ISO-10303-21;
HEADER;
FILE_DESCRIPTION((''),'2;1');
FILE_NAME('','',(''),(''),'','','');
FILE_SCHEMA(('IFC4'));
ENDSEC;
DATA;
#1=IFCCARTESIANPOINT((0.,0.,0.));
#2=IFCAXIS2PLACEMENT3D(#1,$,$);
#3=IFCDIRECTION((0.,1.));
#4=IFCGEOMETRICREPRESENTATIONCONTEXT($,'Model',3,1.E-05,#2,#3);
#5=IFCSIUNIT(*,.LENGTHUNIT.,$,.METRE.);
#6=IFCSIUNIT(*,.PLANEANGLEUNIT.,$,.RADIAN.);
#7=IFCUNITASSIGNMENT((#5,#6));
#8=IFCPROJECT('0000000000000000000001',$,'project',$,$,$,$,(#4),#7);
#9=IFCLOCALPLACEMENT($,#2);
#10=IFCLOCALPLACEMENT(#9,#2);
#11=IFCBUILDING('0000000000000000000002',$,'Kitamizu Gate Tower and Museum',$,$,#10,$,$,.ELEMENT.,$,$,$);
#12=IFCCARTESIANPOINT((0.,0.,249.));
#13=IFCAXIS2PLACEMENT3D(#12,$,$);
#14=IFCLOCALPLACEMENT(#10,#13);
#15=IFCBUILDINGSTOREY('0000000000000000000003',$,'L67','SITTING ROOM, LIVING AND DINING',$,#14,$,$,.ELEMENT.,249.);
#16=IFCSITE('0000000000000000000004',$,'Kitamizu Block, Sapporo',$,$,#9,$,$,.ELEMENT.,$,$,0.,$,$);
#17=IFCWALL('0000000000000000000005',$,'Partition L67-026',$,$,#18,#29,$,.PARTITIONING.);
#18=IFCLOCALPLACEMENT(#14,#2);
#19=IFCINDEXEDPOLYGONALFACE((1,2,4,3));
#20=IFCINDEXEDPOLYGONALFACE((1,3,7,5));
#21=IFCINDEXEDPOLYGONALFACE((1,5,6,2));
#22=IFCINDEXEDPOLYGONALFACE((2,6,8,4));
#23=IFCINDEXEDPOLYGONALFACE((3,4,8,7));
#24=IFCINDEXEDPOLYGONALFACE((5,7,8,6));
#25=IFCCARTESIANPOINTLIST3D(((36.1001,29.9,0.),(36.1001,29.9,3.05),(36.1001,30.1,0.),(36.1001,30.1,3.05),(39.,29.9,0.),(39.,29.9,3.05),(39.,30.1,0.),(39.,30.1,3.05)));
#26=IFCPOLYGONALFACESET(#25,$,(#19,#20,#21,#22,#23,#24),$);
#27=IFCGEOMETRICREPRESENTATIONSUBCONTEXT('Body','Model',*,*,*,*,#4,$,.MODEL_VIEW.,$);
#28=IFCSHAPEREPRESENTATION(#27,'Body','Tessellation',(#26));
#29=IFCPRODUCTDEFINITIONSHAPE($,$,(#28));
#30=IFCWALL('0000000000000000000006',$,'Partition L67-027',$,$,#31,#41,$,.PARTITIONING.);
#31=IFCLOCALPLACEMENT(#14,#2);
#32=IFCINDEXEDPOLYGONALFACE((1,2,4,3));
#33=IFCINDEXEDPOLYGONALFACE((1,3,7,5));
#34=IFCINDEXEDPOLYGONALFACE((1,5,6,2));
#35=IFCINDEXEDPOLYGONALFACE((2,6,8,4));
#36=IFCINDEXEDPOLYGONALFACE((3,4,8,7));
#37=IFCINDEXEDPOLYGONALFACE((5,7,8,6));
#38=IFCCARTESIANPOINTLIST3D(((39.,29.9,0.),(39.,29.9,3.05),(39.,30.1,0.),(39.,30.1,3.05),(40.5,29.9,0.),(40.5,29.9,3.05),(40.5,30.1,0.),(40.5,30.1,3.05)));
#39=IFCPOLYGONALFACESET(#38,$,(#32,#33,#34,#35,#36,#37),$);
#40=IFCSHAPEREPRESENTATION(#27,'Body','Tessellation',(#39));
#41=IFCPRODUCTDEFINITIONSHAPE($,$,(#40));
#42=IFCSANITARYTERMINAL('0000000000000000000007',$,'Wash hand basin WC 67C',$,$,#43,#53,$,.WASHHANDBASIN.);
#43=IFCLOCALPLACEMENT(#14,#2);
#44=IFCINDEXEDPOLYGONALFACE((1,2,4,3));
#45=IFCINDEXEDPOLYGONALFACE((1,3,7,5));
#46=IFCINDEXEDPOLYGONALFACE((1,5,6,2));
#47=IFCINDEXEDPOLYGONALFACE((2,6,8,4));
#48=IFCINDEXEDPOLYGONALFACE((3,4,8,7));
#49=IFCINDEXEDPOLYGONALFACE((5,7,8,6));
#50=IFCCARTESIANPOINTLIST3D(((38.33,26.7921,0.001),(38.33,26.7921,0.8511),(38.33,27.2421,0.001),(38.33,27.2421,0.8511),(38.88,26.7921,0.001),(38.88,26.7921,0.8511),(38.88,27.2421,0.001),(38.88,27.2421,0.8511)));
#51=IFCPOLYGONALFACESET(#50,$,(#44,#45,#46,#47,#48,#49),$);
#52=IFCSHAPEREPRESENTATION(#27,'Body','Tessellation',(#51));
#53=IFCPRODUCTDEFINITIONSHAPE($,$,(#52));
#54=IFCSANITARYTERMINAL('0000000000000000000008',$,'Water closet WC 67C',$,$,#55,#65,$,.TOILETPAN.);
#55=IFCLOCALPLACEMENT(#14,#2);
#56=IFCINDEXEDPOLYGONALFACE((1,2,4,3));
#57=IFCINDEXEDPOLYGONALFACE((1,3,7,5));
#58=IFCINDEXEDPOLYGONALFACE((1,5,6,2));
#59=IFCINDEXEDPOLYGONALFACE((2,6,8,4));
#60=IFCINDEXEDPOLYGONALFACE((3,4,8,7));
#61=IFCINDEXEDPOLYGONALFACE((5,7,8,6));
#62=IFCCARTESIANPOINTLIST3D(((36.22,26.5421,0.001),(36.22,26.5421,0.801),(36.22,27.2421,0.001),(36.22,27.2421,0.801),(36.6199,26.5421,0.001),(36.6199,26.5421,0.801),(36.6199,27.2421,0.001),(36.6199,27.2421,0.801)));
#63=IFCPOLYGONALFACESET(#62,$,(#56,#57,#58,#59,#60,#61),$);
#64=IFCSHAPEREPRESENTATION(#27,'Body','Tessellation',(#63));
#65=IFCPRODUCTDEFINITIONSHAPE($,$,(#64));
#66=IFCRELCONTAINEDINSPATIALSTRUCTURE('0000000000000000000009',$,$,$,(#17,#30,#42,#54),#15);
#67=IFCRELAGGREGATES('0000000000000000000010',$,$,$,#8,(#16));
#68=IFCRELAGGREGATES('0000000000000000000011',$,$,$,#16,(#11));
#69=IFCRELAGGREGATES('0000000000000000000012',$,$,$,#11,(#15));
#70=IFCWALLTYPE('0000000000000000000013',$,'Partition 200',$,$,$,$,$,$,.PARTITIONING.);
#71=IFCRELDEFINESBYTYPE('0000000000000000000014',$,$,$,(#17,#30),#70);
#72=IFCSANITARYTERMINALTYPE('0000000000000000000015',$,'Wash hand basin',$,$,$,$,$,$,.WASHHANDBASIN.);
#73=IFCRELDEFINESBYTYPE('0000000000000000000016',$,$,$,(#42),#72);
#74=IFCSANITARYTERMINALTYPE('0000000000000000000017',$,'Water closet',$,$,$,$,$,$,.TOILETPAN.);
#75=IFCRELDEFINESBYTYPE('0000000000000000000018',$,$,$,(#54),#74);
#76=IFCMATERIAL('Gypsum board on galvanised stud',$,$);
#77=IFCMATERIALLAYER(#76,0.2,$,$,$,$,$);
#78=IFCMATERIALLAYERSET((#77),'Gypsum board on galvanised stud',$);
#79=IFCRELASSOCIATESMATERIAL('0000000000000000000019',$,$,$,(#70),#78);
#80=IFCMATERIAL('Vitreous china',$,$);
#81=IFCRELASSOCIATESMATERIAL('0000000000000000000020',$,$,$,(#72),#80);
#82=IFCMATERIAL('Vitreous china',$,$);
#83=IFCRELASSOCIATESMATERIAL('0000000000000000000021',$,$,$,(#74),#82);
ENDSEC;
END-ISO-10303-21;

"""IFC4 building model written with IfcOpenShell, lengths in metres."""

from ifc_helpers import new_model, si_unit, direction, frame, frame_2d, origin, origin_2d, place, context, subcontext, project, spatial, rectangle, extrude, material, layer, layer_set, type_object, element, save


model = new_model("IFC4")

# Units and contexts
model_context = context("Model", 3, precision=1e-05, world=origin(), true_north=direction((0.0, 1.0)))
body_context = subcontext(model_context, "Body", "Model", "MODEL_VIEW")
ifc_project = project(units=[si_unit("LENGTHUNIT", "METRE"), si_unit("PLANEANGLEUNIT", "RADIAN")], contexts=[model_context])

# Site, building, storey
site_placement = place(None, origin())
site = spatial("IfcSite", under=ifc_project, at=site_placement, Name="Kitamizu Block, Sapporo", CompositionType="ELEMENT", RefElevation=0.0)
building_placement = place(site_placement, origin())
building = spatial("IfcBuilding", under=site, at=building_placement, Name="Kitamizu Gate Tower and Museum", CompositionType="ELEMENT")
storey_placement = place(building_placement, frame((0.0, 0.0, 249.0)))
storey = spatial("IfcBuildingStorey", under=building, at=storey_placement, Name="L67", Description="SITTING ROOM, LIVING AND DINING", CompositionType="ELEMENT", Elevation=249.0)

# Walls
ifc_material_1 = material(Name="Gypsum board on galvanised stud")
ifc_layer_1 = layer(ifc_material_1, 0.2)
ifc_layer_set_1 = layer_set([ifc_layer_1], Name="Gypsum board on galvanised stud")
wall_type_1 = type_object("IfcWallType", Name="Partition 200", PredefinedType="PARTITIONING", material=ifc_layer_set_1)
wall_1_placement = place(storey_placement, frame((39.0, 30.0, 0.0), z_axis=(0.0, 0.0, 1.0), x_axis=(-1.0, 0.0, 0.0)))
element("IfcWall", 1, at=wall_1_placement, inside=storey, type_object=wall_type_1, Name="Partition L67-026", PredefinedType="PARTITIONING", context=body_context, shape_type="SweptSolid", body=[
    extrude(rectangle(XDim=2.8999, YDim=0.2, at=frame_2d((1.45, 0.0))), origin(), (0.0, 0.0, 1.0), 3.05),
])
wall_2_placement = place(storey_placement, frame((40.5, 30.0, 0.0), z_axis=(0.0, 0.0, 1.0), x_axis=(-1.0, 0.0, 0.0)))
element("IfcWall", 2, at=wall_2_placement, inside=storey, type_object=wall_type_1, Name="Partition L67-027", PredefinedType="PARTITIONING", context=body_context, shape_type="SweptSolid", body=[
    extrude(rectangle(XDim=1.5, YDim=0.2, at=frame_2d((0.75, 0.0))), origin(), (0.0, 0.0, 1.0), 3.05),
])

# Sanitary terminals
ifc_material_2 = material(Name="Vitreous china")
sanitary_terminal_type_1 = type_object("IfcSanitaryTerminalType", Name="Wash hand basin", PredefinedType="WASHHANDBASIN", material=ifc_material_2)
sanitary_terminal_1_placement = place(storey_placement, frame((38.605, 27.0171, 0.001), z_axis=(0.0, 0.0, 1.0), x_axis=(1.0, 0.0, 0.0)))
element("IfcSanitaryTerminal", 3, at=sanitary_terminal_1_placement, inside=storey, type_object=sanitary_terminal_type_1, Name="Wash hand basin WC 67C", PredefinedType="WASHHANDBASIN", context=body_context, shape_type="SweptSolid", body=[
    extrude(rectangle(XDim=0.55, YDim=0.45, at=origin_2d()), origin(), (0.0, 0.0, 1.0), 0.8501),
])
ifc_material_3 = material(Name="Vitreous china")
sanitary_terminal_type_2 = type_object("IfcSanitaryTerminalType", Name="Water closet", PredefinedType="TOILETPAN", material=ifc_material_3)
sanitary_terminal_2_placement = place(storey_placement, frame((36.4199, 26.8921, 0.001), z_axis=(0.0, 0.0, 1.0), x_axis=(1.0, 0.0, 0.0)))
element("IfcSanitaryTerminal", 4, at=sanitary_terminal_2_placement, inside=storey, type_object=sanitary_terminal_type_2, Name="Water closet WC 67C", PredefinedType="TOILETPAN", context=body_context, shape_type="SweptSolid", body=[
    extrude(rectangle(XDim=0.3999, YDim=0.7, at=origin_2d()), origin(), (0.0, 0.0, 1.0), 0.8),
])

save(model, "model.ifc")
